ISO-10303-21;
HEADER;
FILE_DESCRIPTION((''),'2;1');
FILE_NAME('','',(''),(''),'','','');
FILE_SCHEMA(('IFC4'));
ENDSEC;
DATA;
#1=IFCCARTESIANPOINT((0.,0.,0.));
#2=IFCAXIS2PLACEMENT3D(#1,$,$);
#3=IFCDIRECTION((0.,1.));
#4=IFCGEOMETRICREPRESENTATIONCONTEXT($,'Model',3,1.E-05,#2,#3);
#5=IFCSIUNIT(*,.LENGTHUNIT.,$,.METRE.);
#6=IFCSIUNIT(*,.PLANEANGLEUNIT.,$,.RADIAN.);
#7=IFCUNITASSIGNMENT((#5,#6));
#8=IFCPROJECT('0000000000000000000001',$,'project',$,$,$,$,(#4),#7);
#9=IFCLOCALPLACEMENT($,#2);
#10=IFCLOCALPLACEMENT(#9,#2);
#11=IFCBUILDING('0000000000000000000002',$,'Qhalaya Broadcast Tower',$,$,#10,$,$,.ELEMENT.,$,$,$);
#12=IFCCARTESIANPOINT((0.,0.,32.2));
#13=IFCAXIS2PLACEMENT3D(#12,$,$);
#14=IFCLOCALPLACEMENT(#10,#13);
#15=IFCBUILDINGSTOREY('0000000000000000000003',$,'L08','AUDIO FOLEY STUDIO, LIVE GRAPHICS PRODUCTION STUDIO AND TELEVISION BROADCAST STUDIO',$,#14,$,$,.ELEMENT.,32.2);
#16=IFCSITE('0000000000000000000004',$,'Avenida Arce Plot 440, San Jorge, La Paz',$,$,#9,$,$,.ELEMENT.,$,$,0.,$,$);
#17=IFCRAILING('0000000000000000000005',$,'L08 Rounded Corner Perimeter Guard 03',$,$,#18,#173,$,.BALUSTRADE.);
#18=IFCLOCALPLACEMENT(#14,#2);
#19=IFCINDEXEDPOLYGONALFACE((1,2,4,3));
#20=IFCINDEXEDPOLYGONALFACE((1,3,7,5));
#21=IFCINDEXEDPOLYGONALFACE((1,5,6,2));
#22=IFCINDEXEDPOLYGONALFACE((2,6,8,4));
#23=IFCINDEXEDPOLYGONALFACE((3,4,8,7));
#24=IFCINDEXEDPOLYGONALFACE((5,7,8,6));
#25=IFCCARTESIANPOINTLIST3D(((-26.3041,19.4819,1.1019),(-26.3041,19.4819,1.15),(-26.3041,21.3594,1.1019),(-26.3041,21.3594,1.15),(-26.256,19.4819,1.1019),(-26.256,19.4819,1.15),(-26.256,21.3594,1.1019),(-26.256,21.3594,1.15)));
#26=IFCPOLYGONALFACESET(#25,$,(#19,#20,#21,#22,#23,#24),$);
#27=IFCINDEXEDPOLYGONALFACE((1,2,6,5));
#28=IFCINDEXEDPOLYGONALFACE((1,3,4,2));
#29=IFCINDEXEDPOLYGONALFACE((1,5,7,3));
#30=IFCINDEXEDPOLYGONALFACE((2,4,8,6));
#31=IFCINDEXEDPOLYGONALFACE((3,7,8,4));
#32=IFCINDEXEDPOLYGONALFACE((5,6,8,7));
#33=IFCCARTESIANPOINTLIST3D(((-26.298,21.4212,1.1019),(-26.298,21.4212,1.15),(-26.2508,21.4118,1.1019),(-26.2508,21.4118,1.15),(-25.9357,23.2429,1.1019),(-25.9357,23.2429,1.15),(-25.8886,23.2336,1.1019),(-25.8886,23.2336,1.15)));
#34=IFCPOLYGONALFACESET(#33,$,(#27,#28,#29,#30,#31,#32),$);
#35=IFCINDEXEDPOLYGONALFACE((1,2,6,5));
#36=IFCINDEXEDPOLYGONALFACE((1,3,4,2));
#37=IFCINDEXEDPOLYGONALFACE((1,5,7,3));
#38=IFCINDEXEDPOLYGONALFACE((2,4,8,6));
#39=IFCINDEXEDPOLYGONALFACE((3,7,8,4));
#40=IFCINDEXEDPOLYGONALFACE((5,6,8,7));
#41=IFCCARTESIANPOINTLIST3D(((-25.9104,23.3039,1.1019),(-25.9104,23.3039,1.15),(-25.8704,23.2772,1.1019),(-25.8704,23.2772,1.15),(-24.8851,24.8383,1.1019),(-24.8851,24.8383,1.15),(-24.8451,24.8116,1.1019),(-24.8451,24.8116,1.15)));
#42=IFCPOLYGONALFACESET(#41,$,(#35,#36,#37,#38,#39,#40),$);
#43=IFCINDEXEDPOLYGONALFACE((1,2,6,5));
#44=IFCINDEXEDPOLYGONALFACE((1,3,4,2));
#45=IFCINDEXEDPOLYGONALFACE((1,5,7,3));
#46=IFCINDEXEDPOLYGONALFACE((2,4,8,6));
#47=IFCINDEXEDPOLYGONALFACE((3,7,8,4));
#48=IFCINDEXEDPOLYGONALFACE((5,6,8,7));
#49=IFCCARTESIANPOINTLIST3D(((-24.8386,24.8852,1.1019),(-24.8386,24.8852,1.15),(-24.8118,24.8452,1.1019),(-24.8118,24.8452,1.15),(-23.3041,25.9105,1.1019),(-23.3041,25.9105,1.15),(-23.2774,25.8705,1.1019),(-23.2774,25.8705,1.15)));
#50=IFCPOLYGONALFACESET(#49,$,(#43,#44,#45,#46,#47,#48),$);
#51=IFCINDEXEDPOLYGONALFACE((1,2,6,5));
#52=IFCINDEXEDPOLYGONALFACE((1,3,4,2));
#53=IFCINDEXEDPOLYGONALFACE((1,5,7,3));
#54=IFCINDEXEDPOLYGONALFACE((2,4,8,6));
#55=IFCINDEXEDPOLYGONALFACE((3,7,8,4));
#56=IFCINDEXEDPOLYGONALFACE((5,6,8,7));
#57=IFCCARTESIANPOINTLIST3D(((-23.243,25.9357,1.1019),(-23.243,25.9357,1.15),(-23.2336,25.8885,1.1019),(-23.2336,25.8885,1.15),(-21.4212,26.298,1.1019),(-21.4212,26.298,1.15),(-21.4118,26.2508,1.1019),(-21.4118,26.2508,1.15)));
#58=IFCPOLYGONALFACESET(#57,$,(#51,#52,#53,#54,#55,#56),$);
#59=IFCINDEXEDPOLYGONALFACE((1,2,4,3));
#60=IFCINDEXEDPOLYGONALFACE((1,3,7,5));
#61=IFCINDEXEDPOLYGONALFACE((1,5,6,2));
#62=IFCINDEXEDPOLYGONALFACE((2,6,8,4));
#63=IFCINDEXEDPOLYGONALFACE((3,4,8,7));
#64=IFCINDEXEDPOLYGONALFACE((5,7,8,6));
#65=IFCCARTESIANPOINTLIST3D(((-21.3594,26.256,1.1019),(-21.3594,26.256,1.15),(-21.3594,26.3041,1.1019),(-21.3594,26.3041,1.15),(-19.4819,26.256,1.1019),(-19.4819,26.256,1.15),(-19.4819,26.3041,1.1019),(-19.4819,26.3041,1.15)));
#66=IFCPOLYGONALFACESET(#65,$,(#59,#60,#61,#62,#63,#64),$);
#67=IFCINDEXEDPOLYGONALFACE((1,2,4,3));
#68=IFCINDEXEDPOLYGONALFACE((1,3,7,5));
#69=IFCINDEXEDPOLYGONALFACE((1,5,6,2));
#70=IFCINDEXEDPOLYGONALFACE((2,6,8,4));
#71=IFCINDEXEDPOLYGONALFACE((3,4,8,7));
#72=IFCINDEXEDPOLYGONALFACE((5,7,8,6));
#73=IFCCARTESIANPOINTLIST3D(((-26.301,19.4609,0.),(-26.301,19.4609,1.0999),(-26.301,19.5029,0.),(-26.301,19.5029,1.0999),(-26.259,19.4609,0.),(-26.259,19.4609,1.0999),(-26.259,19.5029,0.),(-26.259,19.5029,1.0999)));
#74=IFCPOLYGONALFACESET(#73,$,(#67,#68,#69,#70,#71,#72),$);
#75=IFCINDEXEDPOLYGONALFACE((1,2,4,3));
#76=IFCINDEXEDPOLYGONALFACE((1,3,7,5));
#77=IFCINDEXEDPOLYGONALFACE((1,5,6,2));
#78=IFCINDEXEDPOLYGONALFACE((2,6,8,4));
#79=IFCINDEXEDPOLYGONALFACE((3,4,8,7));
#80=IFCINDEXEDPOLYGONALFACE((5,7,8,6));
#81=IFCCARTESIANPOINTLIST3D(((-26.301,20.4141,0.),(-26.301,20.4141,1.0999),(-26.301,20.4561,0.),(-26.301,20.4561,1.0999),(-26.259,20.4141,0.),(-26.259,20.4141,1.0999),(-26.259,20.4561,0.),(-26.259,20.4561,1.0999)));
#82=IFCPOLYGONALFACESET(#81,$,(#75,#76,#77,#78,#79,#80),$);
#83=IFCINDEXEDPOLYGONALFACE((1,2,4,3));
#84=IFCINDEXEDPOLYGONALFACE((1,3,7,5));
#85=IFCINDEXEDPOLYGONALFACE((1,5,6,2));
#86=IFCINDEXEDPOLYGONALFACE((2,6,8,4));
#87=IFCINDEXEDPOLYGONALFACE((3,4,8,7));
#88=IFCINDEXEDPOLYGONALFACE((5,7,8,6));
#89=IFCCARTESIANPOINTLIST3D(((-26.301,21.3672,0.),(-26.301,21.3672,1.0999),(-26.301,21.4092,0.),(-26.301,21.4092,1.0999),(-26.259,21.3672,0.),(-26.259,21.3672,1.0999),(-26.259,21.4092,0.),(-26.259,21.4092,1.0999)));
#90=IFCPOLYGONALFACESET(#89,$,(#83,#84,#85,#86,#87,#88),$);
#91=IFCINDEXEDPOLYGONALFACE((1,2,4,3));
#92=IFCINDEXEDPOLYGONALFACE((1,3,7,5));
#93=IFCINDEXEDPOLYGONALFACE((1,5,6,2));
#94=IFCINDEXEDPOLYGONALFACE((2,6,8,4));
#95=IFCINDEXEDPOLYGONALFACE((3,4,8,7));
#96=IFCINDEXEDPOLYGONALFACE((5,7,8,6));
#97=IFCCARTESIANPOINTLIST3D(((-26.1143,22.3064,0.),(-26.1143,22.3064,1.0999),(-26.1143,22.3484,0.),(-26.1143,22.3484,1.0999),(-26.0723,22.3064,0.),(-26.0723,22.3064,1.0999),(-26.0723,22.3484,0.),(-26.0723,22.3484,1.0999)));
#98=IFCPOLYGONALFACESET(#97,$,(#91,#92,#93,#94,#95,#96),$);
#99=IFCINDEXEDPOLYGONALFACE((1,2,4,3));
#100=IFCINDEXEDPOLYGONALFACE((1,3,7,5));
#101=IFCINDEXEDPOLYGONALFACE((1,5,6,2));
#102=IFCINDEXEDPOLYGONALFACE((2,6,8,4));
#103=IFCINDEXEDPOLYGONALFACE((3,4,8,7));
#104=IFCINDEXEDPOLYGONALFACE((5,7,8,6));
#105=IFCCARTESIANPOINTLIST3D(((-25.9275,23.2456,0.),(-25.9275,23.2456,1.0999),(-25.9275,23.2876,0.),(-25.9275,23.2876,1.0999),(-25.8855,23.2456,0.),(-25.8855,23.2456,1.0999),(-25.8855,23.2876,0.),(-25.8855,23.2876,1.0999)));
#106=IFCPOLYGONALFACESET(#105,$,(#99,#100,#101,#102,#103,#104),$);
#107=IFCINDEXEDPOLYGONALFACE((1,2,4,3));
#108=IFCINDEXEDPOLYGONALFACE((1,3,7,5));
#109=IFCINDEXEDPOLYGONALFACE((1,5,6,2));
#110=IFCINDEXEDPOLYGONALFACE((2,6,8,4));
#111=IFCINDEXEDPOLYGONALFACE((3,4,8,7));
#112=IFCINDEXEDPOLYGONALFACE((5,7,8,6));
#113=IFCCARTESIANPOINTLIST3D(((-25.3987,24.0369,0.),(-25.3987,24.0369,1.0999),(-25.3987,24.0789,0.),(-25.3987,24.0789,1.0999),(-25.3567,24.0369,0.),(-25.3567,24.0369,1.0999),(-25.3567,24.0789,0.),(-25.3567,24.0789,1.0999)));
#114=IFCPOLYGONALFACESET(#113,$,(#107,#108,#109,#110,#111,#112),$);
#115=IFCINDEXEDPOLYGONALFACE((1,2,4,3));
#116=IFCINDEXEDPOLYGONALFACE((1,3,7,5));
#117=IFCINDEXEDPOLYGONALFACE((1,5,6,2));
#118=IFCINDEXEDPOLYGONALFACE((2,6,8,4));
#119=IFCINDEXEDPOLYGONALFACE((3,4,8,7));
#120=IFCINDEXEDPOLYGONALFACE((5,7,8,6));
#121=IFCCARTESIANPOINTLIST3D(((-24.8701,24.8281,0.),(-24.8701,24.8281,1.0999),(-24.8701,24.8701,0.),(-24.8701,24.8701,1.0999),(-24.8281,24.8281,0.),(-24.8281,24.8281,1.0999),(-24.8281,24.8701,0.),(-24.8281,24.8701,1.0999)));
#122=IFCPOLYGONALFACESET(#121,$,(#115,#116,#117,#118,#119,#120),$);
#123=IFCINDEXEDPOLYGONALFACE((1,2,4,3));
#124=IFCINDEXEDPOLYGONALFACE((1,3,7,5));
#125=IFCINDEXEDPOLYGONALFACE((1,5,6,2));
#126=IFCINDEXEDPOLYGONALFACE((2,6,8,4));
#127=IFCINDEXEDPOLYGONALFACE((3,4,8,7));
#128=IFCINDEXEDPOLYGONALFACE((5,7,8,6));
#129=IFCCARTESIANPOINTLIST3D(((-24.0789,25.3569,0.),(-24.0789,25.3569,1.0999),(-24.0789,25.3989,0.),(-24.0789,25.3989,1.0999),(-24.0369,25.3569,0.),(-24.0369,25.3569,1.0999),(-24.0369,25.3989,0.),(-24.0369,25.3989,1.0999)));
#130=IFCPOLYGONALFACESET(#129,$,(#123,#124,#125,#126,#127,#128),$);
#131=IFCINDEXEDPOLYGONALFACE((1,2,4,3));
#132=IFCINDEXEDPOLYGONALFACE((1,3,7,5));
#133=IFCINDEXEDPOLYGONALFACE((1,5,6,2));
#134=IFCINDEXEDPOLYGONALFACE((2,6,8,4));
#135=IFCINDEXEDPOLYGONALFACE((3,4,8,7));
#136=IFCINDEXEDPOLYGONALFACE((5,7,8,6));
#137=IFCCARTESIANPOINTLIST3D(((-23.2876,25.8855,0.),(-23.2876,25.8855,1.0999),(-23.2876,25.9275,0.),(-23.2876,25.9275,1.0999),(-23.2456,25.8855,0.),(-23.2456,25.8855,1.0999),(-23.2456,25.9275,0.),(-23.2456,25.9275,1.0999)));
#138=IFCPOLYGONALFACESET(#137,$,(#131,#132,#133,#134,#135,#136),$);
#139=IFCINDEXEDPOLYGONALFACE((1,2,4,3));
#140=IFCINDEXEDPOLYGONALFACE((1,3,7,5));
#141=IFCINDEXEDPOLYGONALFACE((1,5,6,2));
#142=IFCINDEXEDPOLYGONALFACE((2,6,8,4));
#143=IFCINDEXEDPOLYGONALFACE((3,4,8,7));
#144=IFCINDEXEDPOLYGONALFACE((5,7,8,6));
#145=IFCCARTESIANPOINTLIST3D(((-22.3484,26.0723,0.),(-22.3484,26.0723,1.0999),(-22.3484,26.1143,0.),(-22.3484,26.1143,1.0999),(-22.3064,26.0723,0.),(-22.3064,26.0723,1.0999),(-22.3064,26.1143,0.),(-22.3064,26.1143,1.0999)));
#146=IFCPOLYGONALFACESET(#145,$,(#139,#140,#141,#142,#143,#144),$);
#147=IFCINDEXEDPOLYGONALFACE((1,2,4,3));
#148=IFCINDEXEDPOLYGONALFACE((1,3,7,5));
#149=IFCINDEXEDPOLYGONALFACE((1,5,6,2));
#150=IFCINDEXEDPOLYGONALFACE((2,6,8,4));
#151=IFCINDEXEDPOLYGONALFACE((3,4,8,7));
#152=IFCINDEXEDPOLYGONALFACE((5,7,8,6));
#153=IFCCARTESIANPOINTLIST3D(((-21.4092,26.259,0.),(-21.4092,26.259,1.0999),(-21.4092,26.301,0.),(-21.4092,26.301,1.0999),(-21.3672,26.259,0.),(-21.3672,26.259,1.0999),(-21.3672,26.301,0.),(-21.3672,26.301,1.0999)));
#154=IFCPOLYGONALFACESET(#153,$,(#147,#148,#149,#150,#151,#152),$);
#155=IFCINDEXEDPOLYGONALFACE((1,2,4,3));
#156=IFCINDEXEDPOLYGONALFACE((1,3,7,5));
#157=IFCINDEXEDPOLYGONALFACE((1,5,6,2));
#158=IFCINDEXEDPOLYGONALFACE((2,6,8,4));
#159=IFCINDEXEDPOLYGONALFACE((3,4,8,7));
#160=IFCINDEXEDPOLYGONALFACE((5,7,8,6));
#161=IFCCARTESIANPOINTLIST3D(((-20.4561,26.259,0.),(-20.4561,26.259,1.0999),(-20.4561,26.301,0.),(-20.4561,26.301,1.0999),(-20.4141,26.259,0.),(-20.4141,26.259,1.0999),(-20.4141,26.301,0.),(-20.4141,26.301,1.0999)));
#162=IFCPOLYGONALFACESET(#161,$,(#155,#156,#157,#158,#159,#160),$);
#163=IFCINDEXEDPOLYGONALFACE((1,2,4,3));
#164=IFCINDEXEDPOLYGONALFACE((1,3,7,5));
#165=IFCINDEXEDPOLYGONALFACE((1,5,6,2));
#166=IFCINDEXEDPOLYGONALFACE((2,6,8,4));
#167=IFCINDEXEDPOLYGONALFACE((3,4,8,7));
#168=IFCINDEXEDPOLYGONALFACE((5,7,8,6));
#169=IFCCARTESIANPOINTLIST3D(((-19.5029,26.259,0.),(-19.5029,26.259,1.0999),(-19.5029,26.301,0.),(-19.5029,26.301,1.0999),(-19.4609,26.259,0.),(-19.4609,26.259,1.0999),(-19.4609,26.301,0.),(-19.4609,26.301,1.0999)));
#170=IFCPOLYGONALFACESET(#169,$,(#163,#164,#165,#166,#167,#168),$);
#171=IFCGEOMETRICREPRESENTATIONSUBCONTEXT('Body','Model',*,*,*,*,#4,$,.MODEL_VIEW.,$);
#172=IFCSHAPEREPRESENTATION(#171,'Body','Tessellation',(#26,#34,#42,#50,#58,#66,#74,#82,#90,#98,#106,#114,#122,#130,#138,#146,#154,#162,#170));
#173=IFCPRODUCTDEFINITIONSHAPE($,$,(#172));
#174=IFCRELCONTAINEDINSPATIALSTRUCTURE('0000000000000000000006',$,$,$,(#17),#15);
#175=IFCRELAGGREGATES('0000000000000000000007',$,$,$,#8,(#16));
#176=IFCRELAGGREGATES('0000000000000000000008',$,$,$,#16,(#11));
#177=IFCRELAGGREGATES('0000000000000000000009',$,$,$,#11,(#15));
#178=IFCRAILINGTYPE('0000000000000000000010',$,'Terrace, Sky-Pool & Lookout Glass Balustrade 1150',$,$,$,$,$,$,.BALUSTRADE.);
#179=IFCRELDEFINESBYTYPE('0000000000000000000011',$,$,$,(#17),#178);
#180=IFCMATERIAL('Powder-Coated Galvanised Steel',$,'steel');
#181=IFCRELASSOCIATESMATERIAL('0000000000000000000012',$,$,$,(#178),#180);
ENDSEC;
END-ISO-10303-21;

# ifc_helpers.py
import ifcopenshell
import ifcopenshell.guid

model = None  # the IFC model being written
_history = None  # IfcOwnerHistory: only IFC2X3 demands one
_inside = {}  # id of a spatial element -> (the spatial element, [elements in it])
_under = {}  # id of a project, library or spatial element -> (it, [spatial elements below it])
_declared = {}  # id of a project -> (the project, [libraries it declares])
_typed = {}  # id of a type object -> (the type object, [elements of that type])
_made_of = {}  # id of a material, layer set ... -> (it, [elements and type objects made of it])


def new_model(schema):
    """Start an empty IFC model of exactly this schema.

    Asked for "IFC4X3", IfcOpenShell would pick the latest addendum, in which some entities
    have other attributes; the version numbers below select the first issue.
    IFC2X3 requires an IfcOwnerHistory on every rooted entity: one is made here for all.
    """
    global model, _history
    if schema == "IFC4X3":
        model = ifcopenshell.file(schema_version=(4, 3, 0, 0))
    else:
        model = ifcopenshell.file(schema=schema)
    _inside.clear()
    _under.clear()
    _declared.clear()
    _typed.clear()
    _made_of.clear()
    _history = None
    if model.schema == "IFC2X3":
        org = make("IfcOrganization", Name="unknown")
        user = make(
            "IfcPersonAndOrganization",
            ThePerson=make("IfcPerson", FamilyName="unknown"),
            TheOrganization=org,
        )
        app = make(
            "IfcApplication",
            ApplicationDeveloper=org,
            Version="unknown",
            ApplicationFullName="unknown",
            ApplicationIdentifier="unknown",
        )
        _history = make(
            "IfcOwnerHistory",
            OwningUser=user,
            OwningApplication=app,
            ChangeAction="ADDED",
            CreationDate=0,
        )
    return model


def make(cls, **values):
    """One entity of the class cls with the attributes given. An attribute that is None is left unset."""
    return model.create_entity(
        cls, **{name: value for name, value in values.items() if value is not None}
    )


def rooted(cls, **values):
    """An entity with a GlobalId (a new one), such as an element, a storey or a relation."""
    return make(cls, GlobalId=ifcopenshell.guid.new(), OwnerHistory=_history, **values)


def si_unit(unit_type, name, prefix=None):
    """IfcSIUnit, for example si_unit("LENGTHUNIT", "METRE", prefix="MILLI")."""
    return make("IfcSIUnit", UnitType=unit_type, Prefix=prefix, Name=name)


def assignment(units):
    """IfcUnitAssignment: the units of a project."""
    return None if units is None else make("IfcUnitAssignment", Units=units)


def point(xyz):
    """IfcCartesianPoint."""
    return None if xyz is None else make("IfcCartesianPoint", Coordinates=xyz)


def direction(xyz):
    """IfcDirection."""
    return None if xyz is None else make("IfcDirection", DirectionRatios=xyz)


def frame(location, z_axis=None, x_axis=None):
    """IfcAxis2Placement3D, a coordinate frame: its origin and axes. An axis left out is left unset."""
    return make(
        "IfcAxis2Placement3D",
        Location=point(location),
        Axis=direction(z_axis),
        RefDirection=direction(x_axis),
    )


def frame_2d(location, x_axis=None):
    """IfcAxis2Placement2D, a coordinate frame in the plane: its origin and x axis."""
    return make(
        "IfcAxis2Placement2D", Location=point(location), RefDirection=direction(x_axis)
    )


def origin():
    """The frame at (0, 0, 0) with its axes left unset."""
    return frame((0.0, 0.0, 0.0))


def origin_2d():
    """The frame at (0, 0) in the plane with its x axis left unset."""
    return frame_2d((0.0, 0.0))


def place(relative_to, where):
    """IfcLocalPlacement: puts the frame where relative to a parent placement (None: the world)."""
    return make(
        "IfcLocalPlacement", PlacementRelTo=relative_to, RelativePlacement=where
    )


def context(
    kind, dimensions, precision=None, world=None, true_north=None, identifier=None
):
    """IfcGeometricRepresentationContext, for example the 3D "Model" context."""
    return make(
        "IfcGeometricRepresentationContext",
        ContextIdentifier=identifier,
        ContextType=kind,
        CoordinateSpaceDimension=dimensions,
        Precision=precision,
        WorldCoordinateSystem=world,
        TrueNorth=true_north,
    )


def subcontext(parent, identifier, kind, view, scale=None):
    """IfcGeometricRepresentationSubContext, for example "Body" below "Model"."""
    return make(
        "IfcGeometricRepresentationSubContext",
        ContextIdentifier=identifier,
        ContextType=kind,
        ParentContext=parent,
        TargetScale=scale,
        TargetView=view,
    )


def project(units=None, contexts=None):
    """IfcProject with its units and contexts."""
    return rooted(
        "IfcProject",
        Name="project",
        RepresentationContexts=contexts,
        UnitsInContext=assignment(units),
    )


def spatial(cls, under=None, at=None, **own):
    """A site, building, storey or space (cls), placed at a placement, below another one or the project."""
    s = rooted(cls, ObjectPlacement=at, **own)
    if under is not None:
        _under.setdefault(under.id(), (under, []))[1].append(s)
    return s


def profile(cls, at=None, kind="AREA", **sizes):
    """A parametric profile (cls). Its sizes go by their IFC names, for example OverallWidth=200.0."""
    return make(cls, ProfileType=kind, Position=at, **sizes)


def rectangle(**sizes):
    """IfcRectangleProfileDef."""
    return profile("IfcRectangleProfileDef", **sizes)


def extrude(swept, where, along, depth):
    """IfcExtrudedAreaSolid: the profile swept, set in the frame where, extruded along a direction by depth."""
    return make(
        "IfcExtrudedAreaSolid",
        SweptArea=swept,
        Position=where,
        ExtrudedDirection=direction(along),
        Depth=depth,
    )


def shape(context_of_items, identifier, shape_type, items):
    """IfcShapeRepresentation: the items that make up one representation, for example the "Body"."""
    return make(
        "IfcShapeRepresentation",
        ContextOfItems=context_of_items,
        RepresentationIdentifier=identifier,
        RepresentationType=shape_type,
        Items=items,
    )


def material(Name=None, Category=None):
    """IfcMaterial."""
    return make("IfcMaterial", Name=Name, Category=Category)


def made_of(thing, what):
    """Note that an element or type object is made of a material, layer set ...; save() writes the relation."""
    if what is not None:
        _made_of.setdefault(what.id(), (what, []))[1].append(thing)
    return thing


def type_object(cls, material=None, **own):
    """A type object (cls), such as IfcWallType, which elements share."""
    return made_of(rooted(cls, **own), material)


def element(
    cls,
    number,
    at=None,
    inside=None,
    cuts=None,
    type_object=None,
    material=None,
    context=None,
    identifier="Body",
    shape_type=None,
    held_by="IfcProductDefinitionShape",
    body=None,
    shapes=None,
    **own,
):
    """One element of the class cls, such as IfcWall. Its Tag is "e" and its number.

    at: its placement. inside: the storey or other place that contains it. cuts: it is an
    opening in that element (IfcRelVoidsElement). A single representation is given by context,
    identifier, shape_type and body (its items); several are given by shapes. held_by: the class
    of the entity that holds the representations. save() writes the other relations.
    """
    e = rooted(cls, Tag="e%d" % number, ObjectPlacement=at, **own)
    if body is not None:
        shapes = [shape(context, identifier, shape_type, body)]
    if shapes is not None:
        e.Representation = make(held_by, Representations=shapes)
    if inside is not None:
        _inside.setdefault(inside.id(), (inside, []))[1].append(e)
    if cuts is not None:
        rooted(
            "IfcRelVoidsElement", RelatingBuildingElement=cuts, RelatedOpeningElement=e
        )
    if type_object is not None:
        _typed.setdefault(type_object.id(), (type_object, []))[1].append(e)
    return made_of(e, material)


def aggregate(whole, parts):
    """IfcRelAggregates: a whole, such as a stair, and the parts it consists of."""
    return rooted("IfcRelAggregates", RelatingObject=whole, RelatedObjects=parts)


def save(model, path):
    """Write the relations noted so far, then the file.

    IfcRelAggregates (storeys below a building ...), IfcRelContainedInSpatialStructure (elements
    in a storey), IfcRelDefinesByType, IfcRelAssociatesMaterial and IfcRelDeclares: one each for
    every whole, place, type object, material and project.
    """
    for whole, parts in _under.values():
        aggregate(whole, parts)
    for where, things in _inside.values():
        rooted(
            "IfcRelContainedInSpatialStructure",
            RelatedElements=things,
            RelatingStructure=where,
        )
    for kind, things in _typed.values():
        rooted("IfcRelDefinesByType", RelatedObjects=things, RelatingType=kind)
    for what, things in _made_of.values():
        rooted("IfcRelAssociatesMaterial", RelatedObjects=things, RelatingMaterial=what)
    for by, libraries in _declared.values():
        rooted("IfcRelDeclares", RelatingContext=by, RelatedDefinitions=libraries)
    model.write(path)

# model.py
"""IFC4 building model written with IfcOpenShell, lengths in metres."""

from ifc_helpers import new_model, si_unit, direction, frame, origin, origin_2d, place, context, subcontext, project, spatial, rectangle, extrude, material, type_object, element, save


model = new_model("IFC4")

# Units and contexts
model_context = context("Model", 3, precision=1e-05, world=origin(), true_north=direction((0.0, 1.0)))
body_context = subcontext(model_context, "Body", "Model", "MODEL_VIEW")
ifc_project = project(units=[si_unit("LENGTHUNIT", "METRE"), si_unit("PLANEANGLEUNIT", "RADIAN")], contexts=[model_context])

# Site, building, storey
site_placement = place(None, origin())
site = spatial("IfcSite", under=ifc_project, at=site_placement, Name="Avenida Arce Plot 440, San Jorge, La Paz", CompositionType="ELEMENT", RefElevation=0.0)
building_placement = place(site_placement, origin())
building = spatial("IfcBuilding", under=site, at=building_placement, Name="Qhalaya Broadcast Tower", CompositionType="ELEMENT")
storey_placement = place(building_placement, frame((0.0, 0.0, 32.2)))
storey = spatial("IfcBuildingStorey", under=building, at=storey_placement, Name="L08", Description="AUDIO FOLEY STUDIO, LIVE GRAPHICS PRODUCTION STUDIO AND TELEVISION BROADCAST STUDIO", CompositionType="ELEMENT", Elevation=32.2)

# Railing
ifc_material_1 = material(Name="Powder-Coated Galvanised Steel", Category="steel")
railing_type = type_object("IfcRailingType", Name="Terrace, Sky-Pool & Lookout Glass Balustrade 1150", PredefinedType="BALUSTRADE", material=ifc_material_1)
railing_placement = place(storey_placement, frame((-26.28, 19.4819, 0.0)))
element("IfcRailing", 1, at=railing_placement, inside=storey, type_object=railing_type, Name="L08 Rounded Corner Perimeter Guard 03", PredefinedType="BALUSTRADE", context=body_context, shape_type="SweptSolid", body=[
    extrude(rectangle(XDim=0.0481, YDim=0.0481, at=origin_2d()), frame((0.0, 0.0, 1.126), z_axis=(0.0, 1.0, 0.0), x_axis=(-1.0, 0.0, 0.0)), (0.0, 0.0, 1.0), 1.8774),
    extrude(rectangle(XDim=0.0481, YDim=0.0481, at=origin_2d()), frame((0.0056, 1.9346, 1.126), z_axis=(0.195037, 0.980796, 0.0), x_axis=(-0.980796, 0.195037, 0.0)), (0.0, 0.0, 1.0), 1.8574),
    extrude(rectangle(XDim=0.0481, YDim=0.0481, at=origin_2d()), frame((0.3896, 3.8086, 1.126), z_axis=(0.555558, 0.831478, 0.0), x_axis=(-0.831478, 0.555558, 0.0)), (0.0, 0.0, 1.0), 1.8455),
    extrude(rectangle(XDim=0.0481, YDim=0.0481, at=origin_2d()), frame((1.4548, 5.3833, 1.126), z_axis=(0.831478, 0.555558, 0.0), x_axis=(-0.555558, 0.831478, 0.0)), (0.0, 0.0, 1.0), 1.8455),
    extrude(rectangle(XDim=0.0481, YDim=0.0481, at=origin_2d()), frame((3.0417, 6.4302, 1.126), z_axis=(0.980796, 0.195037, 0.0), x_axis=(-0.195037, 0.980796, 0.0)), (0.0, 0.0, 1.0), 1.8574),
    extrude(rectangle(XDim=0.0481, YDim=0.0481, at=origin_2d()), frame((4.9207, 6.7981, 1.126), z_axis=(1.0, 0.0, 0.0), x_axis=(0.0, 1.0, 0.0)), (0.0, 0.0, 1.0), 1.8774),
    extrude(rectangle(XDim=0.042, YDim=0.042, at=origin_2d()), origin(), (0.0, 0.0, 1.0), 1.0999),
    extrude(rectangle(XDim=0.042, YDim=0.042, at=origin_2d()), frame((0.0, 0.9531, 0.0)), (0.0, 0.0, 1.0), 1.0999),
    extrude(rectangle(XDim=0.042, YDim=0.042, at=origin_2d()), frame((0.0, 1.9062, 0.0)), (0.0, 0.0, 1.0), 1.0999),
    extrude(rectangle(XDim=0.042, YDim=0.042, at=origin_2d()), frame((0.1868, 2.8455, 0.0)), (0.0, 0.0, 1.0), 1.0999),
    extrude(rectangle(XDim=0.042, YDim=0.042, at=origin_2d()), frame((0.3735, 3.7847, 0.0)), (0.0, 0.0, 1.0), 1.0999),
    extrude(rectangle(XDim=0.042, YDim=0.042, at=origin_2d()), frame((0.9023, 4.5759, 0.0)), (0.0, 0.0, 1.0), 1.0999),
    extrude(rectangle(XDim=0.042, YDim=0.042, at=origin_2d()), frame((1.4309, 5.3672, 0.0)), (0.0, 0.0, 1.0), 1.0999),
    extrude(rectangle(XDim=0.042, YDim=0.042, at=origin_2d()), frame((2.2222, 5.896, 0.0)), (0.0, 0.0, 1.0), 1.0999),
    extrude(rectangle(XDim=0.042, YDim=0.042, at=origin_2d()), frame((3.0134, 6.4246, 0.0)), (0.0, 0.0, 1.0), 1.0999),
    extrude(rectangle(XDim=0.042, YDim=0.042, at=origin_2d()), frame((3.9526, 6.6113, 0.0)), (0.0, 0.0, 1.0), 1.0999),
    extrude(rectangle(XDim=0.042, YDim=0.042, at=origin_2d()), frame((4.8918, 6.7981, 0.0)), (0.0, 0.0, 1.0), 1.0999),
    extrude(rectangle(XDim=0.042, YDim=0.042, at=origin_2d()), frame((5.845, 6.7981, 0.0)), (0.0, 0.0, 1.0), 1.0999),
    extrude(rectangle(XDim=0.042, YDim=0.042, at=origin_2d()), frame((6.7981, 6.7981, 0.0)), (0.0, 0.0, 1.0), 1.0999),
])

save(model, "model.ifc")
